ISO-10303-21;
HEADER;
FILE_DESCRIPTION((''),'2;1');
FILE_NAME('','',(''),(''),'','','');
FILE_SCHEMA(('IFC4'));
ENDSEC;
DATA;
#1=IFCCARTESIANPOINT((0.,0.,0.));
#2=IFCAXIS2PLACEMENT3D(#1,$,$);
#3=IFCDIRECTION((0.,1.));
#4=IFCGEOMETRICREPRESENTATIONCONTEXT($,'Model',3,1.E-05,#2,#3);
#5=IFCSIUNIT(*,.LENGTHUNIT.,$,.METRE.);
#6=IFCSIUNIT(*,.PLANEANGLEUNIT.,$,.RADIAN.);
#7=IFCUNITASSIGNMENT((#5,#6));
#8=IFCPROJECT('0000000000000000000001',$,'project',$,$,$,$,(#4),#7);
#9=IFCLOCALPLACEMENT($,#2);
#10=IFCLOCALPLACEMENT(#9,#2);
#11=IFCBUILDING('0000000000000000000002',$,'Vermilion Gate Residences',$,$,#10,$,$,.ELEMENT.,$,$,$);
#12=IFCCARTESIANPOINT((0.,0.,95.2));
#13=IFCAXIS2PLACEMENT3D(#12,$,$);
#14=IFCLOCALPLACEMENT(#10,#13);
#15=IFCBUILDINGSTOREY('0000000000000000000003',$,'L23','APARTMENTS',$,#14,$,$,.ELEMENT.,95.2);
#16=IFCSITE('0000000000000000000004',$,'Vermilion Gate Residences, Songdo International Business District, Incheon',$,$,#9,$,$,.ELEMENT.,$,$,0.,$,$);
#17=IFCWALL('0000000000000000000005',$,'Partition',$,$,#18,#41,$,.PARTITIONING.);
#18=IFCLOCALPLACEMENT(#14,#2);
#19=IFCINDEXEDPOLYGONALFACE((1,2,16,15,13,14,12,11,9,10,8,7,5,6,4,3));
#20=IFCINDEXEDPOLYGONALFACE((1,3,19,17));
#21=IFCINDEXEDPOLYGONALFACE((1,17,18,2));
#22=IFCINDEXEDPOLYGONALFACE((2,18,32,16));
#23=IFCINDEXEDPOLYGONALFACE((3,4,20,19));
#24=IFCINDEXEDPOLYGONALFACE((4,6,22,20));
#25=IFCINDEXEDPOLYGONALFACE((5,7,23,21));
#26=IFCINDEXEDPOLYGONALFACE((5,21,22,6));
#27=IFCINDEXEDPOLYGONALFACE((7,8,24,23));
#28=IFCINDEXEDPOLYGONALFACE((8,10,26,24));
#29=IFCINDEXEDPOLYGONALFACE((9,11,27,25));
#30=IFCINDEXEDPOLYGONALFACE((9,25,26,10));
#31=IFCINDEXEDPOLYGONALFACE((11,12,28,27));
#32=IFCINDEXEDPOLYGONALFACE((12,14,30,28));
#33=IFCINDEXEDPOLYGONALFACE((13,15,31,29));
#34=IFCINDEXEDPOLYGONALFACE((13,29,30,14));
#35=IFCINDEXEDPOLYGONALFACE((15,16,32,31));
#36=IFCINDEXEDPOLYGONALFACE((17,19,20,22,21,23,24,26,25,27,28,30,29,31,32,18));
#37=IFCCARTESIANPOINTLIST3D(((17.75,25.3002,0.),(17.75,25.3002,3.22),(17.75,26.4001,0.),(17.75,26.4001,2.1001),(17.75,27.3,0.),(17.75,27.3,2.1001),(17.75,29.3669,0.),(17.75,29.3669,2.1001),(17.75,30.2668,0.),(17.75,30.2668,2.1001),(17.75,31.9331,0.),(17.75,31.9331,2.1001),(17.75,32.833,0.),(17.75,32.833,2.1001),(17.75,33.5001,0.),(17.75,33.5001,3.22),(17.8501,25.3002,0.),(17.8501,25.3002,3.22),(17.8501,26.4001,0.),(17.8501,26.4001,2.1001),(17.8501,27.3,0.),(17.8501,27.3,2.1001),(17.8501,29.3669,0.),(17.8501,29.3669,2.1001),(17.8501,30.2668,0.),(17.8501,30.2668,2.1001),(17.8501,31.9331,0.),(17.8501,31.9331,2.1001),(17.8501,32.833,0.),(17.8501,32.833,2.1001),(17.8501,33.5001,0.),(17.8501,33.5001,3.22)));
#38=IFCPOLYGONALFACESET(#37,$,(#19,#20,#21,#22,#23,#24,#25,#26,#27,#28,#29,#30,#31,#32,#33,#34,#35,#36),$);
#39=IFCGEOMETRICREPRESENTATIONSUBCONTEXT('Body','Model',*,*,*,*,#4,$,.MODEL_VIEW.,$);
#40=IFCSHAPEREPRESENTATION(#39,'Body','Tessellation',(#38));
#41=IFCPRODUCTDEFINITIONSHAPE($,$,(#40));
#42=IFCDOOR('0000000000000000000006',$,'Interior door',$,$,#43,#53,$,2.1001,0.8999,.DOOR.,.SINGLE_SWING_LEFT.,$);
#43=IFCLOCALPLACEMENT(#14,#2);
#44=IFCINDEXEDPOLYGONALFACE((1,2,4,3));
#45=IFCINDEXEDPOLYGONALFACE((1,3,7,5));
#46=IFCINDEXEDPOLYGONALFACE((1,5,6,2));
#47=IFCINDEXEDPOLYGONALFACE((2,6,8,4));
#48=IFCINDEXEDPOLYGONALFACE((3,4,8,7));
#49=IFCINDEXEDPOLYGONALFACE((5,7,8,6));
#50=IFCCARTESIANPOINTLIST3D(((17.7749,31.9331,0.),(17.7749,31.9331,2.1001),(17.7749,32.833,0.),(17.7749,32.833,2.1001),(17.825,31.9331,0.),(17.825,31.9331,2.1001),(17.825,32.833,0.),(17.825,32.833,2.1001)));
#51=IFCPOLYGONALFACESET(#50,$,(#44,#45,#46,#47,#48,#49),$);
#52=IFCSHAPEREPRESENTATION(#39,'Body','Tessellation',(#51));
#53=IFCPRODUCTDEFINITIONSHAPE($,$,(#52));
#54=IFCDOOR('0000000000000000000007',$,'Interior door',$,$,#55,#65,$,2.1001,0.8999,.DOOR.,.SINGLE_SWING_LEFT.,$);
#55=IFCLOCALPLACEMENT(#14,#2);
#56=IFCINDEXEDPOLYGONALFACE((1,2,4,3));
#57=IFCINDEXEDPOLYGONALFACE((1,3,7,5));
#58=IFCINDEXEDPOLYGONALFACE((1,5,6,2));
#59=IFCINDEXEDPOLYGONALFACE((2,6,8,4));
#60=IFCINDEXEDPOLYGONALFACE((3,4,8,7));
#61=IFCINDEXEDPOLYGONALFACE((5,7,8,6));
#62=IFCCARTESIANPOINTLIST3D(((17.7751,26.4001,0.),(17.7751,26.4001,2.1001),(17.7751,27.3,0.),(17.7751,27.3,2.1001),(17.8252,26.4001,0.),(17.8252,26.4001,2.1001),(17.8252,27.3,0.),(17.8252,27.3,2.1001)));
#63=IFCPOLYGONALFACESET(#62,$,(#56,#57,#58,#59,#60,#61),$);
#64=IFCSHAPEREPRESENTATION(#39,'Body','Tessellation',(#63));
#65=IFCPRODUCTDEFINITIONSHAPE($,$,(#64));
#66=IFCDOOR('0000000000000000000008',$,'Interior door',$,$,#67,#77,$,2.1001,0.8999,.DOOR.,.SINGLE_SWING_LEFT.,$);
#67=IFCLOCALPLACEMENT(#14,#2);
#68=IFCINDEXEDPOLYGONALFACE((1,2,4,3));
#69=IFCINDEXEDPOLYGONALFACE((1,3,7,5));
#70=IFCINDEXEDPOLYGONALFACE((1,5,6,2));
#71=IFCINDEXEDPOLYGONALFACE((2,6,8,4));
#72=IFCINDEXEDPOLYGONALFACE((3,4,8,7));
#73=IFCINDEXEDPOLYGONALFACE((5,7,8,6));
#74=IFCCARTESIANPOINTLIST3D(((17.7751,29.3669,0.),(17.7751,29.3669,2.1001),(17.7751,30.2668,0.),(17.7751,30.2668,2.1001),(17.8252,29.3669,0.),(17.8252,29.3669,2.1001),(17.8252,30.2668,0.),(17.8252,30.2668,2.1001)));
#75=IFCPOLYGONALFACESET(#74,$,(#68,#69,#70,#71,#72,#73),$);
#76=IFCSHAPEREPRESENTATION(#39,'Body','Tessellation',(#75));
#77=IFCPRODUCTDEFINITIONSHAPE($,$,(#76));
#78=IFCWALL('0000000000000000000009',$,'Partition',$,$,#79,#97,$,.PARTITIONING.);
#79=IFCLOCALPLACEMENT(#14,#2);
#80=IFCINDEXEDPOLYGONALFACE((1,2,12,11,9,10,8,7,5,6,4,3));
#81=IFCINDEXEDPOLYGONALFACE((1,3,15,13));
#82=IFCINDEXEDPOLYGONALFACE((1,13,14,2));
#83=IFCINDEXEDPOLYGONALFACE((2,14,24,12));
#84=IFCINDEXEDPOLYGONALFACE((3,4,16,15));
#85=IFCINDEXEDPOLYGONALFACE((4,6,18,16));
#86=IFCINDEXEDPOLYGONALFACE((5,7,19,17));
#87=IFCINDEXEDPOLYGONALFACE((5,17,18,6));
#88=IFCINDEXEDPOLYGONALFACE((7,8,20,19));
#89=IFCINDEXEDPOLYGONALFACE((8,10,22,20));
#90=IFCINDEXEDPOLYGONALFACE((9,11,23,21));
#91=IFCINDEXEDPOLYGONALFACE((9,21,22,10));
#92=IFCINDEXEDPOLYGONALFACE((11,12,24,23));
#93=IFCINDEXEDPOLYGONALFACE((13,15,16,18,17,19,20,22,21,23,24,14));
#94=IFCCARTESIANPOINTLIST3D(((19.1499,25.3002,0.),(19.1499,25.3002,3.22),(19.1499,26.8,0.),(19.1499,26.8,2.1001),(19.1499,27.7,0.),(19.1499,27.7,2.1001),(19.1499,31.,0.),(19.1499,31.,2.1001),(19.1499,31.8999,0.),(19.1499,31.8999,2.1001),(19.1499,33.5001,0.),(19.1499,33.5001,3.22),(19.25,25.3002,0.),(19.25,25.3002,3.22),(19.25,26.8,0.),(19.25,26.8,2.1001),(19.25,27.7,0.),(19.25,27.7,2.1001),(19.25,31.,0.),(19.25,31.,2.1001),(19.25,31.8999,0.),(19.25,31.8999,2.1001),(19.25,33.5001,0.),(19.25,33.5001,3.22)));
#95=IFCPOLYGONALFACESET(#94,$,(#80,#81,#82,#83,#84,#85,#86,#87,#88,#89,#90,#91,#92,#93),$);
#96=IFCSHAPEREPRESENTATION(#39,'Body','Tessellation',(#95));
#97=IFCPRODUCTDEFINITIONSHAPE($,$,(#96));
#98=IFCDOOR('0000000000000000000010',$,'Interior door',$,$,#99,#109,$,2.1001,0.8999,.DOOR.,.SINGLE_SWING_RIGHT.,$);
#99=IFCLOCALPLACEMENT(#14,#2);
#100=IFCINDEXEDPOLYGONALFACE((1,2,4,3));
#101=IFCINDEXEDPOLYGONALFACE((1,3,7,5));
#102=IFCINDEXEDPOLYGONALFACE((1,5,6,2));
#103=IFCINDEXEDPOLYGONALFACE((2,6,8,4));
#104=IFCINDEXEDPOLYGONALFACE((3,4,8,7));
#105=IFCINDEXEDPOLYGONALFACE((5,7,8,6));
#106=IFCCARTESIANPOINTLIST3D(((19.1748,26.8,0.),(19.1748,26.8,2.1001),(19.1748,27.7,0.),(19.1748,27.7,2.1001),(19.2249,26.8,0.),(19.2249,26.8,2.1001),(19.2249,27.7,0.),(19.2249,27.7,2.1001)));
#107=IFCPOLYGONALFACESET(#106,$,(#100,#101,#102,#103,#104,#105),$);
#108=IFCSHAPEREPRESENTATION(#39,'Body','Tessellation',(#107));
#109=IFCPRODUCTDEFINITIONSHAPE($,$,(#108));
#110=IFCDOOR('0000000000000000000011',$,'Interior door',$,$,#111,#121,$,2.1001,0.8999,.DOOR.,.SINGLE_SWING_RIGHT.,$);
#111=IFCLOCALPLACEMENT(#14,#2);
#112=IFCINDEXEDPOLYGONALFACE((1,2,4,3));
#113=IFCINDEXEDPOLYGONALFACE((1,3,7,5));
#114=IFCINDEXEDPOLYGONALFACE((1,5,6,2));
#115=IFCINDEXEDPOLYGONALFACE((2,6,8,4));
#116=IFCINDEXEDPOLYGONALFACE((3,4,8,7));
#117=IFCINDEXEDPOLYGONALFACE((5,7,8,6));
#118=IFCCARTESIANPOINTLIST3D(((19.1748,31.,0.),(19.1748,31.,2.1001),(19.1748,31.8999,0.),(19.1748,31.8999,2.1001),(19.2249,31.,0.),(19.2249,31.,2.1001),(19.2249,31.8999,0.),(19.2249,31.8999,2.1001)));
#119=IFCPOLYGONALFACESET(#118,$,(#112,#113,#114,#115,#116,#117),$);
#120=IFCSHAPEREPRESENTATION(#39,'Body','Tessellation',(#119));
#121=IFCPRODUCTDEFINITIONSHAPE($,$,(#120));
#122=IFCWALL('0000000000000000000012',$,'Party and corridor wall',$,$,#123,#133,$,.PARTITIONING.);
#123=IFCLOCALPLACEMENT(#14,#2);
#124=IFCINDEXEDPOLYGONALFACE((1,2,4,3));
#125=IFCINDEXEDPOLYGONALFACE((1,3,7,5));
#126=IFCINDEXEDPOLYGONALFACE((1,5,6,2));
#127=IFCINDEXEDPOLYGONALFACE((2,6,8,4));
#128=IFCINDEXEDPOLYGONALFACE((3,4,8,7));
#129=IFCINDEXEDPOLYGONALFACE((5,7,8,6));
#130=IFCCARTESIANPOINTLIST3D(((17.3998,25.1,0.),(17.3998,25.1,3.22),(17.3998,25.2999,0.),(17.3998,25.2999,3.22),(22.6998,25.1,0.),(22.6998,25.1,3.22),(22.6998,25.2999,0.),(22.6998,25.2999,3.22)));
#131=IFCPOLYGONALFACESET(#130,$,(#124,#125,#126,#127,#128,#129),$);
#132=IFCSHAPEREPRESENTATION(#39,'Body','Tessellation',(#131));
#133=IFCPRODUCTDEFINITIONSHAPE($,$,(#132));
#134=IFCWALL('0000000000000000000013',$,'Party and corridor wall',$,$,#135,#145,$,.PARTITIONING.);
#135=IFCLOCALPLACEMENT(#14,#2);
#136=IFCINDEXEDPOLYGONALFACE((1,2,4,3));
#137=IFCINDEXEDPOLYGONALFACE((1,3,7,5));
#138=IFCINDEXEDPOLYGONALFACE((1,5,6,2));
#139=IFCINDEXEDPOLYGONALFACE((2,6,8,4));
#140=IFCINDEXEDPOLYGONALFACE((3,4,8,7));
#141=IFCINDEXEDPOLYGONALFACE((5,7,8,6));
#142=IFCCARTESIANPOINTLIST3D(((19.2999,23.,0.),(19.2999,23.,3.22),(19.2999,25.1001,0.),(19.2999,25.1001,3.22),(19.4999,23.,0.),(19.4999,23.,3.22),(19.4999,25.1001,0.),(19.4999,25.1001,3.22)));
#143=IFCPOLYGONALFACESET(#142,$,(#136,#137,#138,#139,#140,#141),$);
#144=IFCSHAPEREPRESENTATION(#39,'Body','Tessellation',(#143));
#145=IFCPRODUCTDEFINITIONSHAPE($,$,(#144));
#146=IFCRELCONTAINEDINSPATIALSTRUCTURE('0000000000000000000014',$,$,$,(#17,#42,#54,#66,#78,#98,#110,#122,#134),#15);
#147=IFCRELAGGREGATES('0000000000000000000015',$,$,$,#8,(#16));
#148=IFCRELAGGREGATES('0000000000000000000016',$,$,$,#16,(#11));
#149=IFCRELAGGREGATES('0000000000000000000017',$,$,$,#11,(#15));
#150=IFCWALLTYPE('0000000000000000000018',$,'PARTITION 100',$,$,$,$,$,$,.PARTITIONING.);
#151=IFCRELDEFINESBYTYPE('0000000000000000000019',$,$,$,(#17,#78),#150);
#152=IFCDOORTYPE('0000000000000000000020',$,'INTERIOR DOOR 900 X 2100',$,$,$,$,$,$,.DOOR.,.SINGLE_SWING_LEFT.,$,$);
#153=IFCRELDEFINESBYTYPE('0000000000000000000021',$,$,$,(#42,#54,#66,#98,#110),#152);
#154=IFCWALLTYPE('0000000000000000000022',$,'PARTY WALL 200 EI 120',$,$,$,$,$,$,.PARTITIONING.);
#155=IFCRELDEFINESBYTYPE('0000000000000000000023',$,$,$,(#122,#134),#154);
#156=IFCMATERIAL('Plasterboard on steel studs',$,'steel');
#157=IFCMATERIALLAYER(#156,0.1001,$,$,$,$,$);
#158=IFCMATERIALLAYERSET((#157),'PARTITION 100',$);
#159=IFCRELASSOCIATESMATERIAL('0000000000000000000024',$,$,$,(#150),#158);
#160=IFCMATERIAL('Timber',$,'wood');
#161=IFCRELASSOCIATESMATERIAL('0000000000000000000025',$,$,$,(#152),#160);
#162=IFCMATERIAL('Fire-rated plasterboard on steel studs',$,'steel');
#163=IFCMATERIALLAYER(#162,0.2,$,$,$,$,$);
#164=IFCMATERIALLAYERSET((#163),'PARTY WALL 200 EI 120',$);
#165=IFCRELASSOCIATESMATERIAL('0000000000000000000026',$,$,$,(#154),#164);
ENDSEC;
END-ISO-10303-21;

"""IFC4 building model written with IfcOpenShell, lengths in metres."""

from ifc_helpers import new_model, si_unit, direction, frame, frame_2d, origin, place, context, subcontext, project, spatial, rectangle, extrude, material, layer, layer_set, type_object, element, fill, save


model = new_model("IFC4")

# Units and contexts
model_context = context("Model", 3, precision=1e-05, world=origin(), true_north=direction((0.0, 1.0)))
body_context = subcontext(model_context, "Body", "Model", "MODEL_VIEW")
ifc_project = project(units=[si_unit("LENGTHUNIT", "METRE"), si_unit("PLANEANGLEUNIT", "RADIAN")], contexts=[model_context])

# Site, building, storey
site_placement = place(None, origin())
site = spatial("IfcSite", under=ifc_project, at=site_placement, Name="Vermilion Gate Residences, Songdo International Business District, Incheon", CompositionType="ELEMENT", RefElevation=0.0)
building_placement = place(site_placement, origin())
building = spatial("IfcBuilding", under=site, at=building_placement, Name="Vermilion Gate Residences", CompositionType="ELEMENT")
storey_placement = place(building_placement, frame((0.0, 0.0, 95.2)))
storey = spatial("IfcBuildingStorey", under=building, at=storey_placement, Name="L23", Description="APARTMENTS", CompositionType="ELEMENT", Elevation=95.2)

# Walls, openings, doors
ifc_material_1 = material(Name="Plasterboard on steel studs", Category="steel")
ifc_layer_1 = layer(ifc_material_1, 0.1001)
ifc_layer_set_1 = layer_set([ifc_layer_1], Name="PARTITION 100")
wall_type_1 = type_object("IfcWallType", Name="PARTITION 100", PredefinedType="PARTITIONING", material=ifc_layer_set_1)
wall_1_placement = place(storey_placement, frame((17.8, 25.3, 0.0), z_axis=(0.0, 0.0, 1.0), x_axis=(0.0, 1.0, 0.0)))
wall_1 = element("IfcWall", 1, at=wall_1_placement, inside=storey, type_object=wall_type_1, Name="Partition", PredefinedType="PARTITIONING", context=body_context, shape_type="SweptSolid", body=[
    extrude(rectangle(XDim=8.2, YDim=0.1001, at=frame_2d((4.1001, 0.0))), origin(), (0.0, 0.0, 1.0), 3.22),
])
opening_1_placement = place(wall_1_placement, frame((6.6331, 0.0, 0.0)))
opening_1 = element("IfcOpeningElement", 2, at=opening_1_placement, cuts=wall_1, PredefinedType="OPENING", context=body_context, shape_type="SweptSolid", body=[
    extrude(rectangle(XDim=0.8999, YDim=2.1001, at=frame_2d((0.45, 1.05))), frame((0.0, 0.0601, 0.0), z_axis=(0.0, -1.0, 0.0), x_axis=(1.0, 0.0, 0.0)), (0.0, 0.0, 1.0), 0.1201),
])
opening_2_placement = place(wall_1_placement, frame((1.1001, 0.0, 0.0)))
opening_2 = element("IfcOpeningElement", 3, at=opening_2_placement, cuts=wall_1, PredefinedType="OPENING", context=body_context, shape_type="SweptSolid", body=[
    extrude(rectangle(XDim=0.8999, YDim=2.1001, at=frame_2d((0.45, 1.05))), frame((0.0, 0.0601, 0.0), z_axis=(0.0, -1.0, 0.0), x_axis=(1.0, 0.0, 0.0)), (0.0, 0.0, 1.0), 0.1201),
])
opening_3_placement = place(wall_1_placement, frame((4.0669, 0.0, 0.0)))
opening_3 = element("IfcOpeningElement", 4, at=opening_3_placement, cuts=wall_1, PredefinedType="OPENING", context=body_context, shape_type="SweptSolid", body=[
    extrude(rectangle(XDim=0.8999, YDim=2.1001, at=frame_2d((0.45, 1.05))), frame((0.0, 0.0601, 0.0), z_axis=(0.0, -1.0, 0.0), x_axis=(1.0, 0.0, 0.0)), (0.0, 0.0, 1.0), 0.1201),
])
ifc_material_2 = material(Name="Timber", Category="wood")
door_type_1 = type_object("IfcDoorType", Name="INTERIOR DOOR 900 X 2100", OperationType="SINGLE_SWING_LEFT", PredefinedType="DOOR", material=ifc_material_2)
door_1_placement = place(opening_1_placement, frame((0.8999, 0.0, 0.0), z_axis=(0.0, 0.0, 1.0), x_axis=(-1.0, 0.0, 0.0)))
door_1 = element("IfcDoor", 5, at=door_1_placement, inside=storey, type_object=door_type_1, Name="Interior door", OperationType="SINGLE_SWING_LEFT", OverallHeight=2.1001, OverallWidth=0.8999, PredefinedType="DOOR", context=body_context, shape_type="SweptSolid", body=[
    extrude(rectangle(XDim=0.8999, YDim=2.1001, at=frame_2d((0.45, 1.05))), frame((0.0, 0.0249, 0.0), z_axis=(0.0, -1.0, 0.0), x_axis=(1.0, 0.0, 0.0)), (0.0, 0.0, 1.0), 0.05),
])
fill(opening_1, door_1)
door_2_placement = place(opening_2_placement, origin())
door_2 = element("IfcDoor", 6, at=door_2_placement, inside=storey, type_object=door_type_1, Name="Interior door", OperationType="SINGLE_SWING_LEFT", OverallHeight=2.1001, OverallWidth=0.8999, PredefinedType="DOOR", context=body_context, shape_type="SweptSolid", body=[
    extrude(rectangle(XDim=0.8999, YDim=2.1001, at=frame_2d((0.45, 1.05))), frame((0.0, 0.0249, 0.0), z_axis=(0.0, -1.0, 0.0), x_axis=(1.0, 0.0, 0.0)), (0.0, 0.0, 1.0), 0.05),
])
fill(opening_2, door_2)
door_3_placement = place(opening_3_placement, origin())
door_3 = element("IfcDoor", 7, at=door_3_placement, inside=storey, type_object=door_type_1, Name="Interior door", OperationType="SINGLE_SWING_LEFT", OverallHeight=2.1001, OverallWidth=0.8999, PredefinedType="DOOR", context=body_context, shape_type="SweptSolid", body=[
    extrude(rectangle(XDim=0.8999, YDim=2.1001, at=frame_2d((0.45, 1.05))), frame((0.0, 0.0249, 0.0), z_axis=(0.0, -1.0, 0.0), x_axis=(1.0, 0.0, 0.0)), (0.0, 0.0, 1.0), 0.05),
])
fill(opening_3, door_3)
wall_2_placement = place(storey_placement, frame((19.2, 25.3, 0.0), z_axis=(0.0, 0.0, 1.0), x_axis=(0.0, 1.0, 0.0)))
wall_2 = element("IfcWall", 8, at=wall_2_placement, inside=storey, type_object=wall_type_1, Name="Partition", PredefinedType="PARTITIONING", context=body_context, shape_type="SweptSolid", body=[
    extrude(rectangle(XDim=8.2, YDim=0.1001, at=frame_2d((4.1001, 0.0))), origin(), (0.0, 0.0, 1.0), 3.22),
])
opening_4_placement = place(wall_2_placement, frame((1.5, 0.0, 0.0)))
opening_4 = element("IfcOpeningElement", 9, at=opening_4_placement, cuts=wall_2, PredefinedType="OPENING", context=body_context, shape_type="SweptSolid", body=[
    extrude(rectangle(XDim=0.8999, YDim=2.1001, at=frame_2d((0.45, 1.05))), frame((0.0, 0.0601, 0.0), z_axis=(0.0, -1.0, 0.0), x_axis=(1.0, 0.0, 0.0)), (0.0, 0.0, 1.0), 0.1201),
])
opening_5_placement = place(wall_2_placement, frame((5.7, 0.0, 0.0)))
opening_5 = element("IfcOpeningElement", 10, at=opening_5_placement, cuts=wall_2, PredefinedType="OPENING", context=body_context, shape_type="SweptSolid", body=[
    extrude(rectangle(XDim=0.8999, YDim=2.1001, at=frame_2d((0.45, 1.05))), frame((0.0, 0.0601, 0.0), z_axis=(0.0, -1.0, 0.0), x_axis=(1.0, 0.0, 0.0)), (0.0, 0.0, 1.0), 0.1201),
])
door_4_placement = place(opening_4_placement, frame((0.8999, 0.0, 0.0), z_axis=(0.0, 0.0, 1.0), x_axis=(-1.0, 0.0, 0.0)))
door_4 = element("IfcDoor", 11, at=door_4_placement, inside=storey, type_object=door_type_1, Name="Interior door", OperationType="SINGLE_SWING_RIGHT", OverallHeight=2.1001, OverallWidth=0.8999, PredefinedType="DOOR", context=body_context, shape_type="SweptSolid", body=[
    extrude(rectangle(XDim=0.8999, YDim=2.1001, at=frame_2d((0.45, 1.05))), frame((0.0, 0.0249, 0.0), z_axis=(0.0, -1.0, 0.0), x_axis=(1.0, 0.0, 0.0)), (0.0, 0.0, 1.0), 0.05),
])
fill(opening_4, door_4)
door_5_placement = place(opening_5_placement, frame((0.8999, 0.0, 0.0), z_axis=(0.0, 0.0, 1.0), x_axis=(-1.0, 0.0, 0.0)))
door_5 = element("IfcDoor", 12, at=door_5_placement, inside=storey, type_object=door_type_1, Name="Interior door", OperationType="SINGLE_SWING_RIGHT", OverallHeight=2.1001, OverallWidth=0.8999, PredefinedType="DOOR", context=body_context, shape_type="SweptSolid", body=[
    extrude(rectangle(XDim=0.8999, YDim=2.1001, at=frame_2d((0.45, 1.05))), frame((0.0, 0.0249, 0.0), z_axis=(0.0, -1.0, 0.0), x_axis=(1.0, 0.0, 0.0)), (0.0, 0.0, 1.0), 0.05),
])
fill(opening_5, door_5)

# Walls
ifc_material_3 = material(Name="Fire-rated plasterboard on steel studs", Category="steel")
ifc_layer_2 = layer(ifc_material_3, 0.2)
ifc_layer_set_2 = layer_set([ifc_layer_2], Name="PARTY WALL 200 EI 120")
wall_type_2 = type_object("IfcWallType", Name="PARTY WALL 200 EI 120", PredefinedType="PARTITIONING", material=ifc_layer_set_2)
wall_3_placement = place(storey_placement, frame((17.3999, 25.2, 0.0), z_axis=(0.0, 0.0, 1.0), x_axis=(1.0, 0.0, 0.0)))
element("IfcWall", 13, at=wall_3_placement, inside=storey, type_object=wall_type_2, Name="Party and corridor wall", PredefinedType="PARTITIONING", context=body_context, shape_type="SweptSolid", body=[
    extrude(rectangle(XDim=5.3, YDim=0.2, at=frame_2d((2.6499, 0.0))), origin(), (0.0, 0.0, 1.0), 3.22),
])
wall_4_placement = place(storey_placement, frame((19.3999, 23.0, 0.0), z_axis=(0.0, 0.0, 1.0), x_axis=(0.0, 1.0, 0.0)))
element("IfcWall", 14, at=wall_4_placement, inside=storey, type_object=wall_type_2, Name="Party and corridor wall", PredefinedType="PARTITIONING", context=body_context, shape_type="SweptSolid", body=[
    extrude(rectangle(XDim=2.1001, YDim=0.2, at=frame_2d((1.05, 0.0))), origin(), (0.0, 0.0, 1.0), 3.22),
])

save(model, "model.ifc")
